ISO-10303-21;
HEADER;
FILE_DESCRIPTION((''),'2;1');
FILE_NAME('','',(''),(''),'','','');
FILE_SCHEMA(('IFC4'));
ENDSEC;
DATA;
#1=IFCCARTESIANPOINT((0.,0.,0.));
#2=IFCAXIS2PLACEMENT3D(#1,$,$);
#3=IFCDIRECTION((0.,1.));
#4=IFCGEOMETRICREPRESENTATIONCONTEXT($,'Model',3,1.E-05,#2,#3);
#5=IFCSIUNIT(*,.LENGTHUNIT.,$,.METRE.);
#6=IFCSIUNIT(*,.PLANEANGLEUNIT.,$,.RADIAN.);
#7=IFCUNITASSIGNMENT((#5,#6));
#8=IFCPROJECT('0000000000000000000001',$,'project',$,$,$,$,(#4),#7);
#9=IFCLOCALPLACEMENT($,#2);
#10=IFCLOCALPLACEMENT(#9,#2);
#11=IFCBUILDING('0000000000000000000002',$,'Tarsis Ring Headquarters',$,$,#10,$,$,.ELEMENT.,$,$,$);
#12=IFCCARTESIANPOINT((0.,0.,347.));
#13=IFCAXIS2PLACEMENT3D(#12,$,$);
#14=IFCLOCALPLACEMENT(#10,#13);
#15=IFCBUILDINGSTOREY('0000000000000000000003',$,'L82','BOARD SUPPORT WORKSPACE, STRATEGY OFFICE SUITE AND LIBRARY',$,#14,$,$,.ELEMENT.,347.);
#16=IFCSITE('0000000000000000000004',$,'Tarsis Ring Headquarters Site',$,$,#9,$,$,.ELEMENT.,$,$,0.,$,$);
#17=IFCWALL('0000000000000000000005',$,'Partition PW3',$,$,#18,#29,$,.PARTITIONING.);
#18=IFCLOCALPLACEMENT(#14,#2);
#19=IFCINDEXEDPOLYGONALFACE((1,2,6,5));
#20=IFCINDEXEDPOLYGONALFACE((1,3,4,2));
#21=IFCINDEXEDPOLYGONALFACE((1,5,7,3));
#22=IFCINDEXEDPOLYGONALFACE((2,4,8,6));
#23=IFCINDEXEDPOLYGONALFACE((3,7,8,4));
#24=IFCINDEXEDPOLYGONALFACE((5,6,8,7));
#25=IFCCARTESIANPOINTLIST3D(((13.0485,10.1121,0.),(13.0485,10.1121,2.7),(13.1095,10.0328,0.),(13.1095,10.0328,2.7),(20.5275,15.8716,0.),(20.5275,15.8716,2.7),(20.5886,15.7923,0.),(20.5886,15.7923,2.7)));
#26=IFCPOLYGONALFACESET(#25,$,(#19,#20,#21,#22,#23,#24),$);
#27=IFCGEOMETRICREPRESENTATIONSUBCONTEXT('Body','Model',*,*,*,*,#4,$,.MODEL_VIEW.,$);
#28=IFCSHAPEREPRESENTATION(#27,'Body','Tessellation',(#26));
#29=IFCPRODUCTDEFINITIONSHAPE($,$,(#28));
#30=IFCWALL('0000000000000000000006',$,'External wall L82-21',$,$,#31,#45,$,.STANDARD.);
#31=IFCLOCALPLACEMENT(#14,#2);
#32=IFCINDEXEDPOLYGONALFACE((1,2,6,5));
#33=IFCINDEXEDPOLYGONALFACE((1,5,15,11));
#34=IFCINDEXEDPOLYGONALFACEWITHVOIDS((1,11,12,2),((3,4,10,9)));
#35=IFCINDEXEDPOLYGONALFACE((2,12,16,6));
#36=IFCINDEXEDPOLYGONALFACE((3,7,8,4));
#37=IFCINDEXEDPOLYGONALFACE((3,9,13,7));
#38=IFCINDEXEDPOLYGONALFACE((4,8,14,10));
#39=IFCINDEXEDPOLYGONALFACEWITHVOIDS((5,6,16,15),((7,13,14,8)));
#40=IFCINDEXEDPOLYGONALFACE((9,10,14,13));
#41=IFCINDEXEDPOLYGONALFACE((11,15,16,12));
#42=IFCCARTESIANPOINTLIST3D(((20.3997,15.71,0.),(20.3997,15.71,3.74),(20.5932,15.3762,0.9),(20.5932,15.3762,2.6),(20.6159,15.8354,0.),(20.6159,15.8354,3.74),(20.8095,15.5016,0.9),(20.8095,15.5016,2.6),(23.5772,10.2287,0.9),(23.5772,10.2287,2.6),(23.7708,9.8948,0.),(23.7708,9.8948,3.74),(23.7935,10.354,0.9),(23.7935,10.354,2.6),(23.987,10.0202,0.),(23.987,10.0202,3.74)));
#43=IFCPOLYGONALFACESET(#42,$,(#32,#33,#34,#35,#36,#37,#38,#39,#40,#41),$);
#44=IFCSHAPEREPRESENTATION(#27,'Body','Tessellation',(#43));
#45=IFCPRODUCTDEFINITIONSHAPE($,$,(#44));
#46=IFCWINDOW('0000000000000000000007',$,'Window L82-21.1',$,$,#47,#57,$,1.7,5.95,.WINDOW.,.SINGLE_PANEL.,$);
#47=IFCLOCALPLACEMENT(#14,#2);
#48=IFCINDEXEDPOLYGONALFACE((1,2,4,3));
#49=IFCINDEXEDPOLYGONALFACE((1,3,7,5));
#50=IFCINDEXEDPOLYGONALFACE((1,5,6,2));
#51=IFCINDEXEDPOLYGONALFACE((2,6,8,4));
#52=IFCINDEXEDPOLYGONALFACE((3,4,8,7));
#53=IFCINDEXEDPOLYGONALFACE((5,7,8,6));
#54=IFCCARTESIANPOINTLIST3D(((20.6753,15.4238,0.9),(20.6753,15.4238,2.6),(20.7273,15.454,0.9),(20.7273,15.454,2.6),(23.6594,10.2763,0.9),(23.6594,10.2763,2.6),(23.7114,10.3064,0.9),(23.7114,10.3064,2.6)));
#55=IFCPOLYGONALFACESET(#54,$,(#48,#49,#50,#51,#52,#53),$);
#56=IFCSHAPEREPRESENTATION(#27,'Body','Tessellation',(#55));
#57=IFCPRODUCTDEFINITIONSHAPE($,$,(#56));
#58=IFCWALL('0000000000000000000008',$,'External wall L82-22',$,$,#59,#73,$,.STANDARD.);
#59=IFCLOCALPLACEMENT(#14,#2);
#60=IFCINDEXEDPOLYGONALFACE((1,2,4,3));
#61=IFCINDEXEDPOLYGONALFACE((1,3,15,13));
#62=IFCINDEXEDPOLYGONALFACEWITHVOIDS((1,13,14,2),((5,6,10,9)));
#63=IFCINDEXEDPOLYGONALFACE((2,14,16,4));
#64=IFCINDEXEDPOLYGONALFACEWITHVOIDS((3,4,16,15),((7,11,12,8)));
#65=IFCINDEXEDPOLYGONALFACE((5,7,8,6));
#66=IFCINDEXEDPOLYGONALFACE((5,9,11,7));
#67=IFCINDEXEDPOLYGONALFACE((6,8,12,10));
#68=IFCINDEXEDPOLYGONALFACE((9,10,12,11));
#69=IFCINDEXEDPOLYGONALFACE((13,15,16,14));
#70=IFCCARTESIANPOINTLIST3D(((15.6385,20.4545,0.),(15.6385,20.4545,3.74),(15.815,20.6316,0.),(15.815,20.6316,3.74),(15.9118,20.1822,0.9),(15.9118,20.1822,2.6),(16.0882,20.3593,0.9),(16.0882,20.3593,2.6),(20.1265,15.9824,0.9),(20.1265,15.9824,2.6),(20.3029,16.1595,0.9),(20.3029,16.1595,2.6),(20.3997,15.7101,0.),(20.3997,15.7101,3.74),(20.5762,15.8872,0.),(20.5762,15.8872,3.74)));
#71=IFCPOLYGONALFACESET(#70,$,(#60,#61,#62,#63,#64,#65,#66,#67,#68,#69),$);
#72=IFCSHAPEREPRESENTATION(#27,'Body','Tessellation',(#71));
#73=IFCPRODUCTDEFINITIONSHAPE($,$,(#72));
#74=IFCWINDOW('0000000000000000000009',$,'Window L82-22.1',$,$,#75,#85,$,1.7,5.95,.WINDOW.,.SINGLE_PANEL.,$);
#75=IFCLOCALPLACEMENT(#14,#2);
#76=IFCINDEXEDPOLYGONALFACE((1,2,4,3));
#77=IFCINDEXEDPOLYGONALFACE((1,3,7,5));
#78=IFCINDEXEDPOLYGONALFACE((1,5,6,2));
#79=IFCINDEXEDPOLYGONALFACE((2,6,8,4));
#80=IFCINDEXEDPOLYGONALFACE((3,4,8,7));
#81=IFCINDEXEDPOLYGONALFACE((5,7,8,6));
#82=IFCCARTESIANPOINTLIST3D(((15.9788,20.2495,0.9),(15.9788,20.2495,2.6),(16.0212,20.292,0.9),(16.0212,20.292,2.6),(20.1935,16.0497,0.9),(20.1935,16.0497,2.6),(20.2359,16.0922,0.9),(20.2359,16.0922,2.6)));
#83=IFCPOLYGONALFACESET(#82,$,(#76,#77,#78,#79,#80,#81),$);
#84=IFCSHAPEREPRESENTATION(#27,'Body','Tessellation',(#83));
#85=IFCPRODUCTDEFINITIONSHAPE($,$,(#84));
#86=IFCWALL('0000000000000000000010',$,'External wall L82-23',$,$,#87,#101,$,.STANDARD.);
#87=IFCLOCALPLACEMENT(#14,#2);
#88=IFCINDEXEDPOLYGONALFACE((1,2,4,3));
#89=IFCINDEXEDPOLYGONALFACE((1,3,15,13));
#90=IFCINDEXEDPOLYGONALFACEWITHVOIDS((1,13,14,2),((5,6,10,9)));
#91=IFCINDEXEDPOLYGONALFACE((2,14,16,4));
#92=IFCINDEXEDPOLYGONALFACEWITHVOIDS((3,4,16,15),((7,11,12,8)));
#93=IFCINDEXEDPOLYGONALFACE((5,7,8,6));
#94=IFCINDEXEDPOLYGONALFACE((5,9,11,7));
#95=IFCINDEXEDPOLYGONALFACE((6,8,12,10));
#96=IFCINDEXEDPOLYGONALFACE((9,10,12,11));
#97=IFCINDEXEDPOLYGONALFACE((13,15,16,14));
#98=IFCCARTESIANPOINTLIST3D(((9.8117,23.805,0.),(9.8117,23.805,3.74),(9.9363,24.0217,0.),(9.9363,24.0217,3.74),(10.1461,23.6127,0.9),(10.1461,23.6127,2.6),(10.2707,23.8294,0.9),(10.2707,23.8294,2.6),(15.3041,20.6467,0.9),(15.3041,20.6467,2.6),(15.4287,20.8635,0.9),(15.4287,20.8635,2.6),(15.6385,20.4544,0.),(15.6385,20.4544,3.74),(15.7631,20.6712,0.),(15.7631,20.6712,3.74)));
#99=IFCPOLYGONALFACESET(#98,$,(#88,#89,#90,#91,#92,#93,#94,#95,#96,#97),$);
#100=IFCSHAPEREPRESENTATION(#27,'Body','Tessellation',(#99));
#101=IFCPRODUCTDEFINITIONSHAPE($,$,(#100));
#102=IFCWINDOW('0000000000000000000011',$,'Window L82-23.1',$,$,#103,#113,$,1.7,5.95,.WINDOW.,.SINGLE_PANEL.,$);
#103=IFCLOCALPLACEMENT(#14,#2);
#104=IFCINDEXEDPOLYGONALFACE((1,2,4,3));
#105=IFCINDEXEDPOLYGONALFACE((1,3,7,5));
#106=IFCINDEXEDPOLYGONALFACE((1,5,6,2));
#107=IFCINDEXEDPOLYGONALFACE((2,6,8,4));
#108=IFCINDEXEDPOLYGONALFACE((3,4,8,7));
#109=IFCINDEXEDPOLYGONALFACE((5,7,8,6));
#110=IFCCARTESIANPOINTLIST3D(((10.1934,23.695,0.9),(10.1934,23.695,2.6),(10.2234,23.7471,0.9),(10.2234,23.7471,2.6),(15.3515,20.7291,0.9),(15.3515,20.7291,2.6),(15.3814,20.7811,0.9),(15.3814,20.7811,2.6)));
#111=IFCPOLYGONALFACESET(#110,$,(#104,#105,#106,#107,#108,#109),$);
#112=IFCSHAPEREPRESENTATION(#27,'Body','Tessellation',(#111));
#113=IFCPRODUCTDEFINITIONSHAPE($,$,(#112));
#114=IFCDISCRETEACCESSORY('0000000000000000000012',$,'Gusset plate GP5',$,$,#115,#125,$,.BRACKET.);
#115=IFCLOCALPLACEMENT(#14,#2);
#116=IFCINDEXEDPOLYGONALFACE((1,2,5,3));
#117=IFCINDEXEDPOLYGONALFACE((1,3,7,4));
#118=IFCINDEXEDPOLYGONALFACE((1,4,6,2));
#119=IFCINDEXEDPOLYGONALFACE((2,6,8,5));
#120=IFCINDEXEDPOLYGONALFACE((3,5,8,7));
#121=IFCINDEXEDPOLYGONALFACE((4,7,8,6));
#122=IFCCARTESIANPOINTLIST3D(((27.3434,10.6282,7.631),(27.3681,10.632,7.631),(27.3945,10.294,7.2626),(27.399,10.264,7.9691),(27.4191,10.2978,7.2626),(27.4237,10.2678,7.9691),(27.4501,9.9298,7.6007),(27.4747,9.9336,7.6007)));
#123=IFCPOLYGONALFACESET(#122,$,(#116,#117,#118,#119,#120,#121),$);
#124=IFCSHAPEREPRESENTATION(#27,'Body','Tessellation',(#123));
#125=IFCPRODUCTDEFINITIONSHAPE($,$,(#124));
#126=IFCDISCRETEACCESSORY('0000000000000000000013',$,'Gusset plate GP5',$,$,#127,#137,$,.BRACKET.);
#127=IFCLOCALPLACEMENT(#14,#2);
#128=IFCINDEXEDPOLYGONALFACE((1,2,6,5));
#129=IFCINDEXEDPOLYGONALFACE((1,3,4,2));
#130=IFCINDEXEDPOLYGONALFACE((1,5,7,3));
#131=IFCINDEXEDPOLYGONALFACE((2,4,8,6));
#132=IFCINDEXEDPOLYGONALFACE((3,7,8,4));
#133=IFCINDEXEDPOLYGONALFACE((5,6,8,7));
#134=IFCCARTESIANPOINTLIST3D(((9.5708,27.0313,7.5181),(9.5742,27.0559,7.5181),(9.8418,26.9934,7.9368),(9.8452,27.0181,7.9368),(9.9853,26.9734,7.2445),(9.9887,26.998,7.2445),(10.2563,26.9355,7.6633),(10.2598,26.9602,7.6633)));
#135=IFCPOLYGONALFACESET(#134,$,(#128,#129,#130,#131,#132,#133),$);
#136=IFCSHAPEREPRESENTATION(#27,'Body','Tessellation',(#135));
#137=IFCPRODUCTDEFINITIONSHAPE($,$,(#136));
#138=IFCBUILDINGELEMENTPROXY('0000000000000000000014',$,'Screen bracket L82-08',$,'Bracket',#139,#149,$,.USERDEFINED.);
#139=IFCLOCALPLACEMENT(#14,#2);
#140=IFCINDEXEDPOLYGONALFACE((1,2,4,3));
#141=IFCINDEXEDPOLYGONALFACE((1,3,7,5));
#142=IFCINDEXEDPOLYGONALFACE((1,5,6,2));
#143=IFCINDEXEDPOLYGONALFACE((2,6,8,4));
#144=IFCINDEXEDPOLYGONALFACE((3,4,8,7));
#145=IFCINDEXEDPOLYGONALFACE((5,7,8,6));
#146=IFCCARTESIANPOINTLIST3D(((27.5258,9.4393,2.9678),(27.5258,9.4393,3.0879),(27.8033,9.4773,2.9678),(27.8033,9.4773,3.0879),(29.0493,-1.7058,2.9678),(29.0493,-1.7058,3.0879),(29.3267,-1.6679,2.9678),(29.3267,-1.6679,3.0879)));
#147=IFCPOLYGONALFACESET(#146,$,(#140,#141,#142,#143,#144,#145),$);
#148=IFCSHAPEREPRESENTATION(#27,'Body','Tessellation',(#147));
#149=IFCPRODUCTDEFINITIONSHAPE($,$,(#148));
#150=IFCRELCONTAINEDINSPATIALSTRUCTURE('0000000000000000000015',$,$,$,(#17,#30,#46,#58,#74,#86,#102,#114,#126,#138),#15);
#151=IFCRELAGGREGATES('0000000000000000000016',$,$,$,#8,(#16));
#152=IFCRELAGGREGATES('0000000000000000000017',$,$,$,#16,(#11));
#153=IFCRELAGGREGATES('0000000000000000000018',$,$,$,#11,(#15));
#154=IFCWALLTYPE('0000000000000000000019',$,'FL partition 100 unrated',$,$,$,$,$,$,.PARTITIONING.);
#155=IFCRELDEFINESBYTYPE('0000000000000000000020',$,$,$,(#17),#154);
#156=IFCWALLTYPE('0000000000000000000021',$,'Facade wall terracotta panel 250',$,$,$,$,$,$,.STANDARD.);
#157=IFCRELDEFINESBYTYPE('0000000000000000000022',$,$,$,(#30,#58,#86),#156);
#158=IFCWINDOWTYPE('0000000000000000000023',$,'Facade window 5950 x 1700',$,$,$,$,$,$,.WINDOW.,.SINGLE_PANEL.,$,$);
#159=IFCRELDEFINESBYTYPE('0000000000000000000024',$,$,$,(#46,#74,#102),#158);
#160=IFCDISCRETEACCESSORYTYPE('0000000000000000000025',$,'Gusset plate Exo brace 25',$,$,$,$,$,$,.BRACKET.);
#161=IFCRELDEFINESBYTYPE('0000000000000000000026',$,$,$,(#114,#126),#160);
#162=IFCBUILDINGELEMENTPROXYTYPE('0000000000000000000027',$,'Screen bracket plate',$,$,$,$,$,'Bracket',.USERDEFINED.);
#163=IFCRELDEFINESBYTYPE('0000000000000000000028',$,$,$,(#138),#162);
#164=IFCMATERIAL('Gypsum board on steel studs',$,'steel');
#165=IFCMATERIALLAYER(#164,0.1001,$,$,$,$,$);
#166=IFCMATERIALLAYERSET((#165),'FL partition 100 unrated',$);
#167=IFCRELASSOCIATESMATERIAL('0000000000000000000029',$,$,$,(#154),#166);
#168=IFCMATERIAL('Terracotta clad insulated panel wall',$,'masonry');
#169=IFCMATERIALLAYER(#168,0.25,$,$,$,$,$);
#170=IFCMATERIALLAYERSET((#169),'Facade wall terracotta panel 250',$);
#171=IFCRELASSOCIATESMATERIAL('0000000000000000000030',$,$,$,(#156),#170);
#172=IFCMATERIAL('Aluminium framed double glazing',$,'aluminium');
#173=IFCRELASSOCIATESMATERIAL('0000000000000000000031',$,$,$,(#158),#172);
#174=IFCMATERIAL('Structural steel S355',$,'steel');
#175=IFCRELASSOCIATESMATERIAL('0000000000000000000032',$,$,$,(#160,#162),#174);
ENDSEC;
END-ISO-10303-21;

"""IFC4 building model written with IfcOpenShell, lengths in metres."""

from ifc_helpers import new_model, si_unit, direction, frame, frame_2d, origin, origin_2d, place, context, subcontext, project, spatial, rectangle, extrude, material, layer, layer_set, material_profile, profile_set, type_object, element, fill, save


model = new_model("IFC4")

# Units and contexts
model_context = context("Model", 3, precision=1e-05, world=origin(), true_north=direction((0.0, 1.0)))
body_context = subcontext(model_context, "Body", "Model", "MODEL_VIEW")
ifc_project = project(units=[si_unit("LENGTHUNIT", "METRE"), si_unit("PLANEANGLEUNIT", "RADIAN")], contexts=[model_context])

# Site, building, storey
site_placement = place(None, origin())
site = spatial("IfcSite", under=ifc_project, at=site_placement, Name="Tarsis Ring Headquarters Site", CompositionType="ELEMENT", RefElevation=0.0)
building_placement = place(site_placement, origin())
building = spatial("IfcBuilding", under=site, at=building_placement, Name="Tarsis Ring Headquarters", CompositionType="ELEMENT")
storey_placement = place(building_placement, frame((0.0, 0.0, 347.0)))
storey = spatial("IfcBuildingStorey", under=building, at=storey_placement, Name="L82", Description="BOARD SUPPORT WORKSPACE, STRATEGY OFFICE SUITE AND LIBRARY", CompositionType="ELEMENT", Elevation=347.0)

# Shared definitions
ifc_material_1 = material(Name="Structural steel S355", Category="steel")

# Wall
ifc_material_2 = material(Name="Gypsum board on steel studs", Category="steel")
ifc_layer_1 = layer(ifc_material_2, 0.1001)
ifc_layer_set_1 = layer_set([ifc_layer_1], Name="FL partition 100 unrated")
wall_type_1 = type_object("IfcWallType", Name="FL partition 100 unrated", PredefinedType="PARTITIONING", material=ifc_layer_set_1)
wall_1_placement = place(storey_placement, frame((13.0791, 10.0725, 0.0), z_axis=(0.0, 0.0, 1.0), x_axis=(0.792294, 0.610139, 0.0)))
element("IfcWall", 1, at=wall_1_placement, inside=storey, type_object=wall_type_1, Name="Partition PW3", PredefinedType="PARTITIONING", context=body_context, shape_type="SweptSolid", body=[
    extrude(rectangle(XDim=9.4397, YDim=0.1001, at=frame_2d((4.7197, 0.0))), origin(), (0.0, 0.0, 1.0), 2.7),
])

# Walls, openings, windows
ifc_material_3 = material(Name="Terracotta clad insulated panel wall", Category="masonry")
ifc_layer_2 = layer(ifc_material_3, 0.25)
ifc_layer_set_2 = layer_set([ifc_layer_2], Name="Facade wall terracotta panel 250")
wall_type_2 = type_object("IfcWallType", Name="Facade wall terracotta panel 250", PredefinedType="STANDARD", material=ifc_layer_set_2)
wall_2_placement = place(storey_placement, frame((23.8789, 9.9575, 0.0), z_axis=(0.0, 0.0, 1.0), x_axis=(-0.501527, 0.865142, 0.0)))
wall_2 = element("IfcWall", 2, at=wall_2_placement, inside=storey, type_object=wall_type_2, Name="External wall L82-21", PredefinedType="STANDARD", context=body_context, shape_type="SweptSolid", body=[
    extrude(rectangle(XDim=6.7217, YDim=0.25, at=frame_2d((3.3608, 0.0))), origin(), (0.0, 0.0, 1.0), 3.74),
])
opening_1_placement = place(wall_2_placement, frame((0.3857, 0.0, 0.8999)))
opening_1 = element("IfcOpeningElement", 3, at=opening_1_placement, cuts=wall_2, PredefinedType="OPENING", context=body_context, shape_type="SweptSolid", body=[
    extrude(rectangle(XDim=5.95, YDim=1.7, at=frame_2d((2.9751, 0.8501))), frame((0.0, 0.135, 0.0), z_axis=(0.0, -1.0, 0.0), x_axis=(1.0, 0.0, 0.0)), (0.0, 0.0, 1.0), 0.27),
])
ifc_material_4 = material(Name="Aluminium framed double glazing", Category="aluminium")
window_type = type_object("IfcWindowType", Name="Facade window 5950 x 1700", PartitioningType="SINGLE_PANEL", PredefinedType="WINDOW", material=ifc_material_4)
window_1_placement = place(opening_1_placement, origin())
window_1 = element("IfcWindow", 4, at=window_1_placement, inside=storey, type_object=window_type, Name="Window L82-21.1", OverallHeight=1.7, OverallWidth=5.95, PartitioningType="SINGLE_PANEL", PredefinedType="WINDOW", context=body_context, shape_type="SweptSolid", body=[
    extrude(rectangle(XDim=5.95, YDim=1.7, at=frame_2d((2.9751, 0.8501))), frame((0.0, 0.03, 0.0), z_axis=(0.0, -1.0, 0.0), x_axis=(1.0, 0.0, 0.0)), (0.0, 0.0, 1.0), 0.0601),
])
fill(opening_1, window_1)
wall_3_placement = place(storey_placement, frame((20.488, 15.7986, 0.0), z_axis=(0.0, 0.0, 1.0), x_axis=(-0.708359, 0.705853, 0.0)))
wall_3 = element("IfcWall", 5, at=wall_3_placement, inside=storey, type_object=wall_type_2, Name="External wall L82-22", PredefinedType="STANDARD", context=body_context, shape_type="SweptSolid", body=[
    extrude(rectangle(XDim=6.7214, YDim=0.25, at=frame_2d((3.3608, 0.0))), origin(), (0.0, 0.0, 1.0), 3.74),
])
opening_2_placement = place(wall_3_placement, frame((0.3857, 0.0, 0.8999)))
opening_2 = element("IfcOpeningElement", 6, at=opening_2_placement, cuts=wall_3, PredefinedType="OPENING", context=body_context, shape_type="SweptSolid", body=[
    extrude(rectangle(XDim=5.95, YDim=1.7, at=frame_2d((2.9751, 0.8501))), frame((0.0, 0.135, 0.0), z_axis=(0.0, -1.0, 0.0), x_axis=(1.0, 0.0, 0.0)), (0.0, 0.0, 1.0), 0.27),
])
window_2_placement = place(opening_2_placement, origin())
window_2 = element("IfcWindow", 7, at=window_2_placement, inside=storey, type_object=window_type, Name="Window L82-22.1", OverallHeight=1.7, OverallWidth=5.95, PartitioningType="SINGLE_PANEL", PredefinedType="WINDOW", context=body_context, shape_type="SweptSolid", body=[
    extrude(rectangle(XDim=5.95, YDim=1.7, at=frame_2d((2.9751, 0.8501))), frame((0.0, 0.03, 0.0), z_axis=(0.0, -1.0, 0.0), x_axis=(1.0, 0.0, 0.0)), (0.0, 0.0, 1.0), 0.0601),
])
fill(opening_2, window_2)
wall_4_placement = place(storey_placement, frame((15.7009, 20.5627, 0.0), z_axis=(0.0, 0.0, 1.0), x_axis=(-0.866899, 0.498484, 0.0)))
wall_4 = element("IfcWall", 8, at=wall_4_placement, inside=storey, type_object=wall_type_2, Name="External wall L82-23", PredefinedType="STANDARD", context=body_context, shape_type="SweptSolid", body=[
    extrude(rectangle(XDim=6.7214, YDim=0.25, at=frame_2d((3.3608, 0.0))), origin(), (0.0, 0.0, 1.0), 3.74),
])
opening_3_placement = place(wall_4_placement, frame((0.3857, 0.0, 0.8999)))
opening_3 = element("IfcOpeningElement", 9, at=opening_3_placement, cuts=wall_4, PredefinedType="OPENING", context=body_context, shape_type="SweptSolid", body=[
    extrude(rectangle(XDim=5.95, YDim=1.7, at=frame_2d((2.9751, 0.8501))), frame((0.0, 0.135, 0.0), z_axis=(0.0, -1.0, 0.0), x_axis=(1.0, 0.0, 0.0)), (0.0, 0.0, 1.0), 0.27),
])
window_3_placement = place(opening_3_placement, origin())
window_3 = element("IfcWindow", 10, at=window_3_placement, inside=storey, type_object=window_type, Name="Window L82-23.1", OverallHeight=1.7, OverallWidth=5.95, PartitioningType="SINGLE_PANEL", PredefinedType="WINDOW", context=body_context, shape_type="SweptSolid", body=[
    extrude(rectangle(XDim=5.95, YDim=1.7, at=frame_2d((2.9751, 0.8501))), frame((0.0, 0.03, 0.0), z_axis=(0.0, -1.0, 0.0), x_axis=(1.0, 0.0, 0.0)), (0.0, 0.0, 1.0), 0.0601),
])
fill(opening_3, window_3)

# Discrete accessories
ifc_material_profile_1 = material_profile(ifc_material_1, rectangle(XDim=0.0249, YDim=0.5, at=origin_2d()), Name="PL 25x500")
ifc_profile_set_1 = profile_set([ifc_material_profile_1], Name="Structural steel S355")
discrete_accessory_type = type_object("IfcDiscreteAccessoryType", Name="Gusset plate Exo brace 25", PredefinedType="BRACKET", material=ifc_profile_set_1)
discrete_accessory_1_placement = place(storey_placement, frame((27.3835, 10.448, 7.8), z_axis=(0.102043, -0.668408, -0.736762), x_axis=(0.988546, 0.150918, 0.0)))
element("IfcDiscreteAccessory", 11, at=discrete_accessory_1_placement, inside=storey, type_object=discrete_accessory_type, Name="Gusset plate GP5", PredefinedType="BRACKET", context=body_context, shape_type="SweptSolid", body=[
    extrude(rectangle(XDim=0.0249, YDim=0.5, at=origin_2d()), origin(), (0.0, 0.0, 1.0), 0.5),
])
discrete_accessory_2_placement = place(storey_placement, frame((10.0508, 26.9768, 7.8), z_axis=(-0.541795, 0.075656, -0.837098), x_axis=(-0.138298, -0.990391, 0.0)))
element("IfcDiscreteAccessory", 12, at=discrete_accessory_2_placement, inside=storey, type_object=discrete_accessory_type, Name="Gusset plate GP5", PredefinedType="BRACKET", context=body_context, shape_type="SweptSolid", body=[
    extrude(rectangle(XDim=0.0249, YDim=0.5, at=origin_2d()), origin(), (0.0, 0.0, 1.0), 0.5002),
])

# Building element proxy
building_element_proxy_type = type_object("IfcBuildingElementProxyType", Name="Screen bracket plate", ElementType="Bracket", PredefinedType="USERDEFINED", material=ifc_material_1)
proxy_placement = place(storey_placement, frame((28.4263, 3.8857, 2.9678), z_axis=(0.0, 0.0, 1.0), x_axis=(-0.135435, 0.990786, 0.0)))
element("IfcBuildingElementProxy", 13, at=proxy_placement, inside=storey, type_object=building_element_proxy_type, Name="Screen bracket L82-08", ObjectType="Bracket", PredefinedType="USERDEFINED", context=body_context, shape_type="SweptSolid", body=[
    extrude(rectangle(XDim=11.2488, YDim=0.28, at=origin_2d()), origin(), (0.0, 0.0, 1.0), 0.1201),
])

save(model, "model.ifc")
